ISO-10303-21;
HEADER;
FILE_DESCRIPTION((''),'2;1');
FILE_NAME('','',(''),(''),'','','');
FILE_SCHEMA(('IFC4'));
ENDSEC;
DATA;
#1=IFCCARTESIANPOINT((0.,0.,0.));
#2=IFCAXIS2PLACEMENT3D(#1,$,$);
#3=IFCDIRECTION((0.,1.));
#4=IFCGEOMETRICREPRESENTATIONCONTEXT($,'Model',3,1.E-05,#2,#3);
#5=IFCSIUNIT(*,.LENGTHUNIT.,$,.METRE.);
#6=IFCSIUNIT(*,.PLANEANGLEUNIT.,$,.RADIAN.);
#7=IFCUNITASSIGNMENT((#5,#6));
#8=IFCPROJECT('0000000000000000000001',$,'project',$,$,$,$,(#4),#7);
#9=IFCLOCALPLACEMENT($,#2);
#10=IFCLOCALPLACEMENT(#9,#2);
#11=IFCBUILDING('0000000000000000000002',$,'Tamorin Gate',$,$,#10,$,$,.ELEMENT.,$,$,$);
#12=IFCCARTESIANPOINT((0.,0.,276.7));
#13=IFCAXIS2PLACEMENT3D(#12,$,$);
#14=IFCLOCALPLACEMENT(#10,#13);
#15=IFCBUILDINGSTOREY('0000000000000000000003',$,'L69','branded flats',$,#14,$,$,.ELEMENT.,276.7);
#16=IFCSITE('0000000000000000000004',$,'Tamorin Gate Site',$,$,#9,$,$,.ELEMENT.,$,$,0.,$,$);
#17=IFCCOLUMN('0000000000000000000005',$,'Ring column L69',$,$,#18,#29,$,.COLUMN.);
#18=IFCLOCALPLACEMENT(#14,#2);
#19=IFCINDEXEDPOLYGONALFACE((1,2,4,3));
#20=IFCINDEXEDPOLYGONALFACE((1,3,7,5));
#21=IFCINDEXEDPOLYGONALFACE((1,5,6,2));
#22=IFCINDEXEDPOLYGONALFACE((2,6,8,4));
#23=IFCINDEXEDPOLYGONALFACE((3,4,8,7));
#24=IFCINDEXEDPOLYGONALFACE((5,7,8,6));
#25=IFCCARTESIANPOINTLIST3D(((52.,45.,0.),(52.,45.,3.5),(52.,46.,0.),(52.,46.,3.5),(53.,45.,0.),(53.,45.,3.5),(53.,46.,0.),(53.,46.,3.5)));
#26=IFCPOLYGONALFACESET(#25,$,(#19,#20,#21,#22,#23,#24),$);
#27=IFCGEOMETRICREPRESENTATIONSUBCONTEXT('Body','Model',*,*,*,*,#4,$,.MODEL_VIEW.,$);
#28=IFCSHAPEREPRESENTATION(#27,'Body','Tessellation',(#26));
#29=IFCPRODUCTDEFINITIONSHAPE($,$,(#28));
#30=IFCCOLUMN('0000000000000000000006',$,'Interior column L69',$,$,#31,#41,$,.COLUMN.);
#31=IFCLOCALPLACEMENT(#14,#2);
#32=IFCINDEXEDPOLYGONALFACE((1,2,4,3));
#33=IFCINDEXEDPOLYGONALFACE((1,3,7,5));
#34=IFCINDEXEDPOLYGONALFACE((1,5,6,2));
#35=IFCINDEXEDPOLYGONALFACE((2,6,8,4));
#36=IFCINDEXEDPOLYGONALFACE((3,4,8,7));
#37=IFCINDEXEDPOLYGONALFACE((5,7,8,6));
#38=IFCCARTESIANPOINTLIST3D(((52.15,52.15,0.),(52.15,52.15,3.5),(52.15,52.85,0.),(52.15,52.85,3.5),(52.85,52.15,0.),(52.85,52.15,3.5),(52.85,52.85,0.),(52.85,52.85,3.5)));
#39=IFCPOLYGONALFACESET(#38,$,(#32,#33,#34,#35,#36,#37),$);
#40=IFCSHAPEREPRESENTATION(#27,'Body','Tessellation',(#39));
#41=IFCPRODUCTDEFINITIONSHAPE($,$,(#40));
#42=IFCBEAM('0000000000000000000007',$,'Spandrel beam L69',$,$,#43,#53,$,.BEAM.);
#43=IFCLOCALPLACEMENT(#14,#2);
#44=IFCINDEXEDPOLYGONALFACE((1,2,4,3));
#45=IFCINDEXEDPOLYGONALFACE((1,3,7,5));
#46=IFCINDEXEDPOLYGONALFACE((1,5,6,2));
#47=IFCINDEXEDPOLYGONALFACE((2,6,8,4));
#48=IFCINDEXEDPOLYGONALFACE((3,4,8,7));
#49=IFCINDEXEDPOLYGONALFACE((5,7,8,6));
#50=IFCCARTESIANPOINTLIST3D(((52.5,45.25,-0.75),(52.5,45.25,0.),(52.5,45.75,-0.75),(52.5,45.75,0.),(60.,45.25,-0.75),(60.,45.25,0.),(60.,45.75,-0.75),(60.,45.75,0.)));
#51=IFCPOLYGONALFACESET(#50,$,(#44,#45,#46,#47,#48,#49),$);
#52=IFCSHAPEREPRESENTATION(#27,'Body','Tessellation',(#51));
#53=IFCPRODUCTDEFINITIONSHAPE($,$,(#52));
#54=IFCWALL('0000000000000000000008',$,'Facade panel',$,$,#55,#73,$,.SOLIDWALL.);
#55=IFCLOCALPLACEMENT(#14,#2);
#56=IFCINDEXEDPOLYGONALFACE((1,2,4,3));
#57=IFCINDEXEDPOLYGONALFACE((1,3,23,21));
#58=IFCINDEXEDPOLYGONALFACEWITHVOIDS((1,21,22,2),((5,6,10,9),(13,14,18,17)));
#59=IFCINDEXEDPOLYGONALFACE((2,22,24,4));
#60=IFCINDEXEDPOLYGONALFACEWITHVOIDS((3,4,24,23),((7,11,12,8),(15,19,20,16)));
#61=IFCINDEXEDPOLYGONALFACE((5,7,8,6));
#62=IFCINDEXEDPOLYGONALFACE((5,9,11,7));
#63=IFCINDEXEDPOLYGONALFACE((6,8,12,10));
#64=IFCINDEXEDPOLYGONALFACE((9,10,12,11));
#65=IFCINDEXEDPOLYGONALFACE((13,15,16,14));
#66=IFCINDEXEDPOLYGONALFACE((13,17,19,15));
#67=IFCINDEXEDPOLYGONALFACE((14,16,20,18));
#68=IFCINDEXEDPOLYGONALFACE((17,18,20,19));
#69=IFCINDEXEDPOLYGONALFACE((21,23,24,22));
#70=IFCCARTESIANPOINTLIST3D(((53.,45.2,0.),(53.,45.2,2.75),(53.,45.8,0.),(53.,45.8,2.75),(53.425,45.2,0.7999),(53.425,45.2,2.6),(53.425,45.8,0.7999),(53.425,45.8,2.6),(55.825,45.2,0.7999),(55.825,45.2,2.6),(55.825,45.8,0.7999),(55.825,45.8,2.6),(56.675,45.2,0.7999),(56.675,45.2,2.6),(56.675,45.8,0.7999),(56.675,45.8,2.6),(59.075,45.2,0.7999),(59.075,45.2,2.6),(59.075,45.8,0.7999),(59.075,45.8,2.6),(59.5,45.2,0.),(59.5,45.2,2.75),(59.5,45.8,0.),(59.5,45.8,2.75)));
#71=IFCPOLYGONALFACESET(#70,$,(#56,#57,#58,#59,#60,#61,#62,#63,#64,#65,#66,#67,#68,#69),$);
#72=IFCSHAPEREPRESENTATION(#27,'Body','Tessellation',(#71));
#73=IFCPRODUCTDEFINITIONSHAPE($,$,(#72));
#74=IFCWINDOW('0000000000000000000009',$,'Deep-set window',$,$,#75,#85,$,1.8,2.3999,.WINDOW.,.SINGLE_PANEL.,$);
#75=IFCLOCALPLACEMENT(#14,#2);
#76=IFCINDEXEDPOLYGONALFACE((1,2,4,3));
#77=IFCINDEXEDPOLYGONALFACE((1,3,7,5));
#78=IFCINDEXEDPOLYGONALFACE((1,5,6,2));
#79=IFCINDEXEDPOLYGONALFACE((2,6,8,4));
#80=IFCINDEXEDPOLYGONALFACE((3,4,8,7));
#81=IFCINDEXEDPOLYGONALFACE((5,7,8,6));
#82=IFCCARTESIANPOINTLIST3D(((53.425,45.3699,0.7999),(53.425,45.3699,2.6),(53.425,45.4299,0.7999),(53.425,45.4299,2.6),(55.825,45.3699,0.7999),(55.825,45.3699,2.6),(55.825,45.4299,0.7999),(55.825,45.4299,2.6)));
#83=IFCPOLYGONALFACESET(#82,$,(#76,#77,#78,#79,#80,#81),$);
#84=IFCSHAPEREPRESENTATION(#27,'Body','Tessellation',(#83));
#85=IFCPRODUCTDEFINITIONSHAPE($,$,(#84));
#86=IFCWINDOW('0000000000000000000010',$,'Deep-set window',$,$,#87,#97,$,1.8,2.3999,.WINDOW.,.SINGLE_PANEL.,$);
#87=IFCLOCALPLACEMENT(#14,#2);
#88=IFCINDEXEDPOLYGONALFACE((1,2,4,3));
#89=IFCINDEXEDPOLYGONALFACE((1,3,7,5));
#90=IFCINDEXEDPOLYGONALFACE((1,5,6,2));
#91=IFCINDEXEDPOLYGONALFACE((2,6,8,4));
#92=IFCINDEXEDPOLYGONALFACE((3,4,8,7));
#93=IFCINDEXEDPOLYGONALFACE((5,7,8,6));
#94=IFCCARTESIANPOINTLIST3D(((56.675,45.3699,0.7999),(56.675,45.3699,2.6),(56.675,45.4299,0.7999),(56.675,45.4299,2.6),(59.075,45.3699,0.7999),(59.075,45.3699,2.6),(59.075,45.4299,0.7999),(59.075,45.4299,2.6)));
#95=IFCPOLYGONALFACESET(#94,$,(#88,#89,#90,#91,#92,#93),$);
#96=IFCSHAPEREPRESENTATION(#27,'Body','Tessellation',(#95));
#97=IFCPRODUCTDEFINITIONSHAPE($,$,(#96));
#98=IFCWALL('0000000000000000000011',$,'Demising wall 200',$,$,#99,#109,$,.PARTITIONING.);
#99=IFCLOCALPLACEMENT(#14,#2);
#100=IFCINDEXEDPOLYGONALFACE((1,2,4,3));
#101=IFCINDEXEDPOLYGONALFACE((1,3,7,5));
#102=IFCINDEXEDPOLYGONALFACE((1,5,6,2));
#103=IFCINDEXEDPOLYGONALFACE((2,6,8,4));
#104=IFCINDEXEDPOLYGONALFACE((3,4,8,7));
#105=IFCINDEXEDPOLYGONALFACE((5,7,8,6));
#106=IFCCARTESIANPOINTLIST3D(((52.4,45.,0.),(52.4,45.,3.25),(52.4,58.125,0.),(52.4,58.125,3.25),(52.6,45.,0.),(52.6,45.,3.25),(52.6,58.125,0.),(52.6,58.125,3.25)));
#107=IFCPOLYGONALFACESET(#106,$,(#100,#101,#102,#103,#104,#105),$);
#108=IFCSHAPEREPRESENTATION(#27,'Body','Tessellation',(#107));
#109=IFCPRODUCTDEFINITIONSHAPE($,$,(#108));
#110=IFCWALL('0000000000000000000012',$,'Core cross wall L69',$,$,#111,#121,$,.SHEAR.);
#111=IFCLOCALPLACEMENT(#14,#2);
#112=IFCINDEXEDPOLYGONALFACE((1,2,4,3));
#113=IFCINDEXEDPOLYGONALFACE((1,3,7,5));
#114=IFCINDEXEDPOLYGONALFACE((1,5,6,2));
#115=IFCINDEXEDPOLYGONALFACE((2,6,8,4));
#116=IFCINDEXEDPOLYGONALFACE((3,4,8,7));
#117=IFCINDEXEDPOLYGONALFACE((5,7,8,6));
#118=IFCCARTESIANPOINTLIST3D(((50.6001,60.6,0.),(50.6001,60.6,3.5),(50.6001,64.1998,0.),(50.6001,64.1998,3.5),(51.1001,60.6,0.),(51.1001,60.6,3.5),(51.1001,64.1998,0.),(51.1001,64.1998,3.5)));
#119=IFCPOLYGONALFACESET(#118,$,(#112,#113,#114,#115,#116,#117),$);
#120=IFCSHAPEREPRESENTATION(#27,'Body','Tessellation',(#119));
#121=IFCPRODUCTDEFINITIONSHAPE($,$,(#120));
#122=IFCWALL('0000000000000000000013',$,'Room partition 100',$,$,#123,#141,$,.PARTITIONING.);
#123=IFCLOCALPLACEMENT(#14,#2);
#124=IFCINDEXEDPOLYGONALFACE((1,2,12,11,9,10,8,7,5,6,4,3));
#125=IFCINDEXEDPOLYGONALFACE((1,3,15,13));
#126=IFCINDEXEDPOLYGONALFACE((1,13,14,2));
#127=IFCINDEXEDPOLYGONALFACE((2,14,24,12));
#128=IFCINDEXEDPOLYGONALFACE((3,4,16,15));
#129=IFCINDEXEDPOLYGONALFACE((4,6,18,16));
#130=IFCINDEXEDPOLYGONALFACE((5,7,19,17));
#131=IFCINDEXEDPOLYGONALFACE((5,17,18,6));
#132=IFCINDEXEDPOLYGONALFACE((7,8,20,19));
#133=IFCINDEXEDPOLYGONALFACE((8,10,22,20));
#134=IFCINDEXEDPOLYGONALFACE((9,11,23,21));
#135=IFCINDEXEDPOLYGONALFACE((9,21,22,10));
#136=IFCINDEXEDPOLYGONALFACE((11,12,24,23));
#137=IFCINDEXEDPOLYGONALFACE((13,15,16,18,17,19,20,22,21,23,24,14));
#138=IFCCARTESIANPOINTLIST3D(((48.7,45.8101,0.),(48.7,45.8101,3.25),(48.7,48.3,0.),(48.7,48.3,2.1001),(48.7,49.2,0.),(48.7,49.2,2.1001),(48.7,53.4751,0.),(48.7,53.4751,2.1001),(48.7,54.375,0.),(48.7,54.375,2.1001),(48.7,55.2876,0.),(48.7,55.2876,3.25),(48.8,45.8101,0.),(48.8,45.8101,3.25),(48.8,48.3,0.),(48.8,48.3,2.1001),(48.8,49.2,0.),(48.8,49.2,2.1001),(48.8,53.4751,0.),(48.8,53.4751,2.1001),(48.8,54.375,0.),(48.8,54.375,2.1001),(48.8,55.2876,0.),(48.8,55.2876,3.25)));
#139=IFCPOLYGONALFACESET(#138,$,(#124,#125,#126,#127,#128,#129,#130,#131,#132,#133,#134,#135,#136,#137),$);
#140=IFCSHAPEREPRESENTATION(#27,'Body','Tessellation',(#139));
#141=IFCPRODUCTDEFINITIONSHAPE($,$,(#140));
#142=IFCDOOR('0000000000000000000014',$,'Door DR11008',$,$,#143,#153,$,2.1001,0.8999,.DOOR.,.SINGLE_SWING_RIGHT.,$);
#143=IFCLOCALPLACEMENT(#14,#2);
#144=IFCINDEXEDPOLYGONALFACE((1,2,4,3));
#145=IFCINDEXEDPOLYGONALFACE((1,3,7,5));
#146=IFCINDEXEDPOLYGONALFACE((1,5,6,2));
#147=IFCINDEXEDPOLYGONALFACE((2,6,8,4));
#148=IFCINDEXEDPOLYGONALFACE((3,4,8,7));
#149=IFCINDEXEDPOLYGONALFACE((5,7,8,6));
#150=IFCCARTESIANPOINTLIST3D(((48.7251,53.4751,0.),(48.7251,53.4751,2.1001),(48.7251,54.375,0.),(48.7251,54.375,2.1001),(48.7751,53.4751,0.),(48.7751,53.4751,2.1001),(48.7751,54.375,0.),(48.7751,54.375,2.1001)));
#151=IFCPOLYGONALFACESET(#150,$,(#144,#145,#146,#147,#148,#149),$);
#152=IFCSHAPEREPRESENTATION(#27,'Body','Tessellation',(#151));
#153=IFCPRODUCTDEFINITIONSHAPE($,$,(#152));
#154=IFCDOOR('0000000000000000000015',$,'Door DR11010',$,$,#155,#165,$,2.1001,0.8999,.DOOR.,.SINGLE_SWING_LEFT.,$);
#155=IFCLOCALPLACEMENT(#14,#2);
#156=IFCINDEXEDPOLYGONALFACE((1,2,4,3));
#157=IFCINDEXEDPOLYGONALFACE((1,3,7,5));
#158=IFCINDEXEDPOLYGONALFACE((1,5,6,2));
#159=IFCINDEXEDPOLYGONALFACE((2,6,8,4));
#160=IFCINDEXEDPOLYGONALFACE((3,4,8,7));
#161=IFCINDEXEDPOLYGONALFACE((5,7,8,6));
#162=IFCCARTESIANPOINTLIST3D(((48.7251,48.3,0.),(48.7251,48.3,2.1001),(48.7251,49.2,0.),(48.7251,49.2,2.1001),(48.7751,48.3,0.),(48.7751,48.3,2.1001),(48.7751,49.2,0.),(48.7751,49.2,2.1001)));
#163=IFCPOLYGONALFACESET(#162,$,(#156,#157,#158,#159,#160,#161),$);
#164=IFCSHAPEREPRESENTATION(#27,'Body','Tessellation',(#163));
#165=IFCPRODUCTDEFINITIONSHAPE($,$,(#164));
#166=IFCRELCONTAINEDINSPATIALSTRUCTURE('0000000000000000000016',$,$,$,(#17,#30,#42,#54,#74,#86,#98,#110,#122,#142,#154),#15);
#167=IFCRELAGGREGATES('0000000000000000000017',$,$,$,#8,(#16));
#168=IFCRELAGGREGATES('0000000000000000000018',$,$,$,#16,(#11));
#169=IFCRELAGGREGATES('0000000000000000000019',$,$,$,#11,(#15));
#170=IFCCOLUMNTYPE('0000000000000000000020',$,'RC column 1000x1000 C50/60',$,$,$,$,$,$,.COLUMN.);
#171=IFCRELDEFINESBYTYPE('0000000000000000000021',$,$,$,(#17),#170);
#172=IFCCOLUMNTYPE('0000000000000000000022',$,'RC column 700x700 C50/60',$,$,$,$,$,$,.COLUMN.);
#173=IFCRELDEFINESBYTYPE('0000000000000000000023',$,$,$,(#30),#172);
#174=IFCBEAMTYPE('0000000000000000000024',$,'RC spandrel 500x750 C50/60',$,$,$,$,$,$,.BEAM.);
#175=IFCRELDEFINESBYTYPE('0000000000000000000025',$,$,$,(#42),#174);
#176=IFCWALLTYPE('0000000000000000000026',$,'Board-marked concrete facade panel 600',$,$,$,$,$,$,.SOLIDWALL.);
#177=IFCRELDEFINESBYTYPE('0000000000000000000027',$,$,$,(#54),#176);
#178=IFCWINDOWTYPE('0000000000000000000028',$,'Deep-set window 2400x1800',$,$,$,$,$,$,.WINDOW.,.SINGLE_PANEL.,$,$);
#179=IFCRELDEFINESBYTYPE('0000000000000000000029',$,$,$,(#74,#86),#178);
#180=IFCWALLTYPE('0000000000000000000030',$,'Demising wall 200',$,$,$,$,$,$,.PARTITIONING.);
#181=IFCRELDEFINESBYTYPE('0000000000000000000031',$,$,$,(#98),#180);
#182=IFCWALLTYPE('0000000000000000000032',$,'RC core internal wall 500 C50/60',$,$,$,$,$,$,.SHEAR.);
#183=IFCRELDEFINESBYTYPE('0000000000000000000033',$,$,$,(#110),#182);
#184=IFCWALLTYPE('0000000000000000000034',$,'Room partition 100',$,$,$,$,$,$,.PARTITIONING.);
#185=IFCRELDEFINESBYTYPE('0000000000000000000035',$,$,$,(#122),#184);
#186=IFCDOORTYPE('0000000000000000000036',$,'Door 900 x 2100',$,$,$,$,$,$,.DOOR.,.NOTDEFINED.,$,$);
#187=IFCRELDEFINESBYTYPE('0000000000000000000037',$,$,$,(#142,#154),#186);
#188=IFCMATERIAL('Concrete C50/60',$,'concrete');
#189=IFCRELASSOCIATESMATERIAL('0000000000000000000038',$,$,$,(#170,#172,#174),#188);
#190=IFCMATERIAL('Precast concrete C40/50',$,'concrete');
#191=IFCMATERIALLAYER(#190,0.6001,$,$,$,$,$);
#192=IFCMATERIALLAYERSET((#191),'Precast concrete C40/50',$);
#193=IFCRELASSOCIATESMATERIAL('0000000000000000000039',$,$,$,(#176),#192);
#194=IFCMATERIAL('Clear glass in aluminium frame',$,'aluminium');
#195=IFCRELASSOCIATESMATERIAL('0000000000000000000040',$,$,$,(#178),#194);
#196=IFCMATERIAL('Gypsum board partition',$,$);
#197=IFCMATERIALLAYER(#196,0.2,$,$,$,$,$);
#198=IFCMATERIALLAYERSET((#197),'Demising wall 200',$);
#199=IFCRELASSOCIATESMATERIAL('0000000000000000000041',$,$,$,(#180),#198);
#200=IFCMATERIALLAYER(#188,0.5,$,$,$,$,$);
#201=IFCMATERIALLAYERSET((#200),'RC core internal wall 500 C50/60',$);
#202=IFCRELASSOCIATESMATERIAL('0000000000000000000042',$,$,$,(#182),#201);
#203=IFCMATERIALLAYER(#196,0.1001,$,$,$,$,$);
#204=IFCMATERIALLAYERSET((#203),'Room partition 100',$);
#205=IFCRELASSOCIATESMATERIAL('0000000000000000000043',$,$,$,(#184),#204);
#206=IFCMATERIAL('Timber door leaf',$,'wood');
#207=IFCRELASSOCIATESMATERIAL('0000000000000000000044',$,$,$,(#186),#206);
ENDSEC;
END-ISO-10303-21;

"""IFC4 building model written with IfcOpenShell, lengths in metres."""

from ifc_helpers import new_model, si_unit, direction, frame, frame_2d, origin, origin_2d, place, context, subcontext, project, spatial, rectangle, extrude, material, layer, layer_set, material_profile, profile_set, type_object, element, fill, save


model = new_model("IFC4")

# Units and contexts
model_context = context("Model", 3, precision=1e-05, world=origin(), true_north=direction((0.0, 1.0)))
body_context = subcontext(model_context, "Body", "Model", "MODEL_VIEW")
ifc_project = project(units=[si_unit("LENGTHUNIT", "METRE"), si_unit("PLANEANGLEUNIT", "RADIAN")], contexts=[model_context])

# Site, building, storey
site_placement = place(None, origin())
site = spatial("IfcSite", under=ifc_project, at=site_placement, Name="Tamorin Gate Site", CompositionType="ELEMENT", RefElevation=0.0)
building_placement = place(site_placement, origin())
building = spatial("IfcBuilding", under=site, at=building_placement, Name="Tamorin Gate", CompositionType="ELEMENT")
storey_placement = place(building_placement, frame((0.0, 0.0, 276.7)))
storey = spatial("IfcBuildingStorey", under=building, at=storey_placement, Name="L69", Description="branded flats", CompositionType="ELEMENT", Elevation=276.7)

# Columns
ifc_material_1 = material(Name="Concrete C50/60", Category="concrete")
ifc_material_profile_1 = material_profile(ifc_material_1, rectangle(XDim=1.0, YDim=1.0, at=origin_2d()), Name="RC 1000x1000")
ifc_profile_set_1 = profile_set([ifc_material_profile_1], Name="Concrete C50/60")
column_type_1 = type_object("IfcColumnType", Name="RC column 1000x1000 C50/60", PredefinedType="COLUMN", material=ifc_profile_set_1)
column_1_placement = place(storey_placement, frame((52.5, 45.5, 0.0), z_axis=(0.0, 0.0, 1.0), x_axis=(1.0, 0.0, 0.0)))
element("IfcColumn", 1, at=column_1_placement, inside=storey, type_object=column_type_1, Name="Ring column L69", PredefinedType="COLUMN", context=body_context, shape_type="SweptSolid", body=[
    extrude(rectangle(XDim=1.0, YDim=1.0, at=origin_2d()), origin(), (0.0, 0.0, 1.0), 3.5),
])
ifc_material_profile_2 = material_profile(ifc_material_1, rectangle(XDim=0.7, YDim=0.7, at=origin_2d()), Name="RC 700x700")
ifc_profile_set_2 = profile_set([ifc_material_profile_2], Name="Concrete C50/60")
column_type_2 = type_object("IfcColumnType", Name="RC column 700x700 C50/60", PredefinedType="COLUMN", material=ifc_profile_set_2)
column_2_placement = place(storey_placement, frame((52.5, 52.5, 0.0), z_axis=(0.0, 0.0, 1.0), x_axis=(1.0, 0.0, 0.0)))
element("IfcColumn", 2, at=column_2_placement, inside=storey, type_object=column_type_2, Name="Interior column L69", PredefinedType="COLUMN", context=body_context, shape_type="SweptSolid", body=[
    extrude(rectangle(XDim=0.7, YDim=0.7, at=origin_2d()), origin(), (0.0, 0.0, 1.0), 3.5),
])

# Beam
ifc_material_profile_3 = material_profile(ifc_material_1, rectangle(XDim=0.5, YDim=0.75, at=origin_2d()), Name="RC 500x750")
ifc_profile_set_3 = profile_set([ifc_material_profile_3], Name="Concrete C50/60")
beam_type = type_object("IfcBeamType", Name="RC spandrel 500x750 C50/60", PredefinedType="BEAM", material=ifc_profile_set_3)
beam_placement = place(storey_placement, frame((52.5, 45.5, -0.375), z_axis=(1.0, 0.0, 0.0), x_axis=(0.0, 1.0, 0.0)))
element("IfcBeam", 3, at=beam_placement, inside=storey, type_object=beam_type, Name="Spandrel beam L69", PredefinedType="BEAM", context=body_context, shape_type="SweptSolid", body=[
    extrude(rectangle(XDim=0.5, YDim=0.75, at=origin_2d()), origin(), (0.0, 0.0, 1.0), 7.5),
])

# Wall, openings, windows
ifc_material_2 = material(Name="Precast concrete C40/50", Category="concrete")
ifc_layer_1 = layer(ifc_material_2, 0.6001)
ifc_layer_set_1 = layer_set([ifc_layer_1], Name="Precast concrete C40/50")
wall_type_1 = type_object("IfcWallType", Name="Board-marked concrete facade panel 600", PredefinedType="SOLIDWALL", material=ifc_layer_set_1)
wall_1_placement = place(storey_placement, frame((53.0, 45.5, 0.0), z_axis=(0.0, 0.0, 1.0), x_axis=(1.0, 0.0, 0.0)))
wall_1 = element("IfcWall", 4, at=wall_1_placement, inside=storey, type_object=wall_type_1, Name="Facade panel", PredefinedType="SOLIDWALL", context=body_context, shape_type="SweptSolid", body=[
    extrude(rectangle(XDim=6.5, YDim=0.6001, at=frame_2d((3.25, 0.0))), origin(), (0.0, 0.0, 1.0), 2.75),
])
opening_1_placement = place(wall_1_placement, frame((0.425, 0.0, 0.8)))
opening_1 = element("IfcOpeningElement", 5, at=opening_1_placement, cuts=wall_1, PredefinedType="OPENING", context=body_context, shape_type="SweptSolid", body=[
    extrude(rectangle(XDim=2.3999, YDim=1.8, at=frame_2d((1.2, 0.8999))), frame((0.0, 0.3101, 0.0), z_axis=(0.0, -1.0, 0.0), x_axis=(1.0, 0.0, 0.0)), (0.0, 0.0, 1.0), 0.6201),
])
opening_2_placement = place(wall_1_placement, frame((3.675, 0.0, 0.8)))
opening_2 = element("IfcOpeningElement", 6, at=opening_2_placement, cuts=wall_1, PredefinedType="OPENING", context=body_context, shape_type="SweptSolid", body=[
    extrude(rectangle(XDim=2.3999, YDim=1.8, at=frame_2d((1.2, 0.8999))), frame((0.0, 0.3101, 0.0), z_axis=(0.0, -1.0, 0.0), x_axis=(1.0, 0.0, 0.0)), (0.0, 0.0, 1.0), 0.6201),
])
ifc_material_3 = material(Name="Clear glass in aluminium frame", Category="aluminium")
window_type = type_object("IfcWindowType", Name="Deep-set window 2400x1800", PartitioningType="SINGLE_PANEL", PredefinedType="WINDOW", material=ifc_material_3)
window_1_placement = place(opening_1_placement, origin())
window_1 = element("IfcWindow", 7, at=window_1_placement, inside=storey, type_object=window_type, Name="Deep-set window", OverallHeight=1.8, OverallWidth=2.3999, PartitioningType="SINGLE_PANEL", PredefinedType="WINDOW", context=body_context, shape_type="SweptSolid", body=[
    extrude(rectangle(XDim=2.3999, YDim=1.8, at=frame_2d((1.2, 0.8999))), frame((0.0, -0.0701, 0.0), z_axis=(0.0, -1.0, 0.0), x_axis=(1.0, 0.0, 0.0)), (0.0, 0.0, 1.0), 0.0601),
])
fill(opening_1, window_1)
window_2_placement = place(opening_2_placement, origin())
window_2 = element("IfcWindow", 8, at=window_2_placement, inside=storey, type_object=window_type, Name="Deep-set window", OverallHeight=1.8, OverallWidth=2.3999, PartitioningType="SINGLE_PANEL", PredefinedType="WINDOW", context=body_context, shape_type="SweptSolid", body=[
    extrude(rectangle(XDim=2.3999, YDim=1.8, at=frame_2d((1.2, 0.8999))), frame((0.0, -0.0701, 0.0), z_axis=(0.0, -1.0, 0.0), x_axis=(1.0, 0.0, 0.0)), (0.0, 0.0, 1.0), 0.0601),
])
fill(opening_2, window_2)

# Walls
ifc_material_4 = material(Name="Gypsum board partition")
ifc_layer_2 = layer(ifc_material_4, 0.2)
ifc_layer_set_2 = layer_set([ifc_layer_2], Name="Demising wall 200")
wall_type_2 = type_object("IfcWallType", Name="Demising wall 200", PredefinedType="PARTITIONING", material=ifc_layer_set_2)
wall_2_placement = place(storey_placement, frame((52.5, 45.0, 0.0), z_axis=(0.0, 0.0, 1.0), x_axis=(0.0, 1.0, 0.0)))
element("IfcWall", 9, at=wall_2_placement, inside=storey, type_object=wall_type_2, Name="Demising wall 200", PredefinedType="PARTITIONING", context=body_context, shape_type="SweptSolid", body=[
    extrude(rectangle(XDim=13.125, YDim=0.2, at=frame_2d((6.5625, 0.0))), origin(), (0.0, 0.0, 1.0), 3.25),
])
ifc_layer_3 = layer(ifc_material_1, 0.5)
ifc_layer_set_3 = layer_set([ifc_layer_3], Name="RC core internal wall 500 C50/60")
wall_type_3 = type_object("IfcWallType", Name="RC core internal wall 500 C50/60", PredefinedType="SHEAR", material=ifc_layer_set_3)
wall_3_placement = place(storey_placement, frame((50.8501, 60.6001, 0.0), z_axis=(0.0, 0.0, 1.0), x_axis=(0.0, 1.0, 0.0)))
element("IfcWall", 10, at=wall_3_placement, inside=storey, type_object=wall_type_3, Name="Core cross wall L69", PredefinedType="SHEAR", context=body_context, shape_type="SweptSolid", body=[
    extrude(rectangle(XDim=3.5999, YDim=0.5, at=frame_2d((1.7998, 0.0))), origin(), (0.0, 0.0, 1.0), 3.5),
])

# Wall, openings, doors
ifc_layer_4 = layer(ifc_material_4, 0.1001)
ifc_layer_set_4 = layer_set([ifc_layer_4], Name="Room partition 100")
wall_type_4 = type_object("IfcWallType", Name="Room partition 100", PredefinedType="PARTITIONING", material=ifc_layer_set_4)
wall_4_placement = place(storey_placement, frame((48.75, 45.8101, 0.0), z_axis=(0.0, 0.0, 1.0), x_axis=(0.0, 1.0, 0.0)))
wall_4 = element("IfcWall", 11, at=wall_4_placement, inside=storey, type_object=wall_type_4, Name="Room partition 100", PredefinedType="PARTITIONING", context=body_context, shape_type="SweptSolid", body=[
    extrude(rectangle(XDim=9.4775, YDim=0.1001, at=frame_2d((4.7388, 0.0))), origin(), (0.0, 0.0, 1.0), 3.25),
])
opening_3_placement = place(wall_4_placement, frame((7.665, 0.0, 0.0)))
opening_3 = element("IfcOpeningElement", 12, at=opening_3_placement, cuts=wall_4, PredefinedType="OPENING", context=body_context, shape_type="SweptSolid", body=[
    extrude(rectangle(XDim=0.8999, YDim=2.1001, at=frame_2d((0.45, 1.05))), frame((0.0, 0.0601, 0.0), z_axis=(0.0, -1.0, 0.0), x_axis=(1.0, 0.0, 0.0)), (0.0, 0.0, 1.0), 0.1201),
])
opening_4_placement = place(wall_4_placement, frame((2.49, 0.0, 0.0)))
opening_4 = element("IfcOpeningElement", 13, at=opening_4_placement, cuts=wall_4, PredefinedType="OPENING", context=body_context, shape_type="SweptSolid", body=[
    extrude(rectangle(XDim=0.8999, YDim=2.1001, at=frame_2d((0.45, 1.05))), frame((0.0, 0.0601, 0.0), z_axis=(0.0, -1.0, 0.0), x_axis=(1.0, 0.0, 0.0)), (0.0, 0.0, 1.0), 0.1201),
])
ifc_material_5 = material(Name="Timber door leaf", Category="wood")
door_type = type_object("IfcDoorType", Name="Door 900 x 2100", OperationType="NOTDEFINED", PredefinedType="DOOR", material=ifc_material_5)
door_1_placement = place(opening_3_placement, origin())
door_1 = element("IfcDoor", 14, at=door_1_placement, inside=storey, type_object=door_type, Name="Door DR11008", OperationType="SINGLE_SWING_RIGHT", OverallHeight=2.1001, OverallWidth=0.8999, PredefinedType="DOOR", context=body_context, shape_type="SweptSolid", body=[
    extrude(rectangle(XDim=0.8999, YDim=2.1001, at=frame_2d((0.45, 1.05))), frame((0.0, 0.0249, 0.0), z_axis=(0.0, -1.0, 0.0), x_axis=(1.0, 0.0, 0.0)), (0.0, 0.0, 1.0), 0.05),
])
fill(opening_3, door_1)
door_2_placement = place(opening_4_placement, origin())
door_2 = element("IfcDoor", 15, at=door_2_placement, inside=storey, type_object=door_type, Name="Door DR11010", OperationType="SINGLE_SWING_LEFT", OverallHeight=2.1001, OverallWidth=0.8999, PredefinedType="DOOR", context=body_context, shape_type="SweptSolid", body=[
    extrude(rectangle(XDim=0.8999, YDim=2.1001, at=frame_2d((0.45, 1.05))), frame((0.0, 0.0249, 0.0), z_axis=(0.0, -1.0, 0.0), x_axis=(1.0, 0.0, 0.0)), (0.0, 0.0, 1.0), 0.05),
])
fill(opening_4, door_2)

save(model, "model.ifc")
